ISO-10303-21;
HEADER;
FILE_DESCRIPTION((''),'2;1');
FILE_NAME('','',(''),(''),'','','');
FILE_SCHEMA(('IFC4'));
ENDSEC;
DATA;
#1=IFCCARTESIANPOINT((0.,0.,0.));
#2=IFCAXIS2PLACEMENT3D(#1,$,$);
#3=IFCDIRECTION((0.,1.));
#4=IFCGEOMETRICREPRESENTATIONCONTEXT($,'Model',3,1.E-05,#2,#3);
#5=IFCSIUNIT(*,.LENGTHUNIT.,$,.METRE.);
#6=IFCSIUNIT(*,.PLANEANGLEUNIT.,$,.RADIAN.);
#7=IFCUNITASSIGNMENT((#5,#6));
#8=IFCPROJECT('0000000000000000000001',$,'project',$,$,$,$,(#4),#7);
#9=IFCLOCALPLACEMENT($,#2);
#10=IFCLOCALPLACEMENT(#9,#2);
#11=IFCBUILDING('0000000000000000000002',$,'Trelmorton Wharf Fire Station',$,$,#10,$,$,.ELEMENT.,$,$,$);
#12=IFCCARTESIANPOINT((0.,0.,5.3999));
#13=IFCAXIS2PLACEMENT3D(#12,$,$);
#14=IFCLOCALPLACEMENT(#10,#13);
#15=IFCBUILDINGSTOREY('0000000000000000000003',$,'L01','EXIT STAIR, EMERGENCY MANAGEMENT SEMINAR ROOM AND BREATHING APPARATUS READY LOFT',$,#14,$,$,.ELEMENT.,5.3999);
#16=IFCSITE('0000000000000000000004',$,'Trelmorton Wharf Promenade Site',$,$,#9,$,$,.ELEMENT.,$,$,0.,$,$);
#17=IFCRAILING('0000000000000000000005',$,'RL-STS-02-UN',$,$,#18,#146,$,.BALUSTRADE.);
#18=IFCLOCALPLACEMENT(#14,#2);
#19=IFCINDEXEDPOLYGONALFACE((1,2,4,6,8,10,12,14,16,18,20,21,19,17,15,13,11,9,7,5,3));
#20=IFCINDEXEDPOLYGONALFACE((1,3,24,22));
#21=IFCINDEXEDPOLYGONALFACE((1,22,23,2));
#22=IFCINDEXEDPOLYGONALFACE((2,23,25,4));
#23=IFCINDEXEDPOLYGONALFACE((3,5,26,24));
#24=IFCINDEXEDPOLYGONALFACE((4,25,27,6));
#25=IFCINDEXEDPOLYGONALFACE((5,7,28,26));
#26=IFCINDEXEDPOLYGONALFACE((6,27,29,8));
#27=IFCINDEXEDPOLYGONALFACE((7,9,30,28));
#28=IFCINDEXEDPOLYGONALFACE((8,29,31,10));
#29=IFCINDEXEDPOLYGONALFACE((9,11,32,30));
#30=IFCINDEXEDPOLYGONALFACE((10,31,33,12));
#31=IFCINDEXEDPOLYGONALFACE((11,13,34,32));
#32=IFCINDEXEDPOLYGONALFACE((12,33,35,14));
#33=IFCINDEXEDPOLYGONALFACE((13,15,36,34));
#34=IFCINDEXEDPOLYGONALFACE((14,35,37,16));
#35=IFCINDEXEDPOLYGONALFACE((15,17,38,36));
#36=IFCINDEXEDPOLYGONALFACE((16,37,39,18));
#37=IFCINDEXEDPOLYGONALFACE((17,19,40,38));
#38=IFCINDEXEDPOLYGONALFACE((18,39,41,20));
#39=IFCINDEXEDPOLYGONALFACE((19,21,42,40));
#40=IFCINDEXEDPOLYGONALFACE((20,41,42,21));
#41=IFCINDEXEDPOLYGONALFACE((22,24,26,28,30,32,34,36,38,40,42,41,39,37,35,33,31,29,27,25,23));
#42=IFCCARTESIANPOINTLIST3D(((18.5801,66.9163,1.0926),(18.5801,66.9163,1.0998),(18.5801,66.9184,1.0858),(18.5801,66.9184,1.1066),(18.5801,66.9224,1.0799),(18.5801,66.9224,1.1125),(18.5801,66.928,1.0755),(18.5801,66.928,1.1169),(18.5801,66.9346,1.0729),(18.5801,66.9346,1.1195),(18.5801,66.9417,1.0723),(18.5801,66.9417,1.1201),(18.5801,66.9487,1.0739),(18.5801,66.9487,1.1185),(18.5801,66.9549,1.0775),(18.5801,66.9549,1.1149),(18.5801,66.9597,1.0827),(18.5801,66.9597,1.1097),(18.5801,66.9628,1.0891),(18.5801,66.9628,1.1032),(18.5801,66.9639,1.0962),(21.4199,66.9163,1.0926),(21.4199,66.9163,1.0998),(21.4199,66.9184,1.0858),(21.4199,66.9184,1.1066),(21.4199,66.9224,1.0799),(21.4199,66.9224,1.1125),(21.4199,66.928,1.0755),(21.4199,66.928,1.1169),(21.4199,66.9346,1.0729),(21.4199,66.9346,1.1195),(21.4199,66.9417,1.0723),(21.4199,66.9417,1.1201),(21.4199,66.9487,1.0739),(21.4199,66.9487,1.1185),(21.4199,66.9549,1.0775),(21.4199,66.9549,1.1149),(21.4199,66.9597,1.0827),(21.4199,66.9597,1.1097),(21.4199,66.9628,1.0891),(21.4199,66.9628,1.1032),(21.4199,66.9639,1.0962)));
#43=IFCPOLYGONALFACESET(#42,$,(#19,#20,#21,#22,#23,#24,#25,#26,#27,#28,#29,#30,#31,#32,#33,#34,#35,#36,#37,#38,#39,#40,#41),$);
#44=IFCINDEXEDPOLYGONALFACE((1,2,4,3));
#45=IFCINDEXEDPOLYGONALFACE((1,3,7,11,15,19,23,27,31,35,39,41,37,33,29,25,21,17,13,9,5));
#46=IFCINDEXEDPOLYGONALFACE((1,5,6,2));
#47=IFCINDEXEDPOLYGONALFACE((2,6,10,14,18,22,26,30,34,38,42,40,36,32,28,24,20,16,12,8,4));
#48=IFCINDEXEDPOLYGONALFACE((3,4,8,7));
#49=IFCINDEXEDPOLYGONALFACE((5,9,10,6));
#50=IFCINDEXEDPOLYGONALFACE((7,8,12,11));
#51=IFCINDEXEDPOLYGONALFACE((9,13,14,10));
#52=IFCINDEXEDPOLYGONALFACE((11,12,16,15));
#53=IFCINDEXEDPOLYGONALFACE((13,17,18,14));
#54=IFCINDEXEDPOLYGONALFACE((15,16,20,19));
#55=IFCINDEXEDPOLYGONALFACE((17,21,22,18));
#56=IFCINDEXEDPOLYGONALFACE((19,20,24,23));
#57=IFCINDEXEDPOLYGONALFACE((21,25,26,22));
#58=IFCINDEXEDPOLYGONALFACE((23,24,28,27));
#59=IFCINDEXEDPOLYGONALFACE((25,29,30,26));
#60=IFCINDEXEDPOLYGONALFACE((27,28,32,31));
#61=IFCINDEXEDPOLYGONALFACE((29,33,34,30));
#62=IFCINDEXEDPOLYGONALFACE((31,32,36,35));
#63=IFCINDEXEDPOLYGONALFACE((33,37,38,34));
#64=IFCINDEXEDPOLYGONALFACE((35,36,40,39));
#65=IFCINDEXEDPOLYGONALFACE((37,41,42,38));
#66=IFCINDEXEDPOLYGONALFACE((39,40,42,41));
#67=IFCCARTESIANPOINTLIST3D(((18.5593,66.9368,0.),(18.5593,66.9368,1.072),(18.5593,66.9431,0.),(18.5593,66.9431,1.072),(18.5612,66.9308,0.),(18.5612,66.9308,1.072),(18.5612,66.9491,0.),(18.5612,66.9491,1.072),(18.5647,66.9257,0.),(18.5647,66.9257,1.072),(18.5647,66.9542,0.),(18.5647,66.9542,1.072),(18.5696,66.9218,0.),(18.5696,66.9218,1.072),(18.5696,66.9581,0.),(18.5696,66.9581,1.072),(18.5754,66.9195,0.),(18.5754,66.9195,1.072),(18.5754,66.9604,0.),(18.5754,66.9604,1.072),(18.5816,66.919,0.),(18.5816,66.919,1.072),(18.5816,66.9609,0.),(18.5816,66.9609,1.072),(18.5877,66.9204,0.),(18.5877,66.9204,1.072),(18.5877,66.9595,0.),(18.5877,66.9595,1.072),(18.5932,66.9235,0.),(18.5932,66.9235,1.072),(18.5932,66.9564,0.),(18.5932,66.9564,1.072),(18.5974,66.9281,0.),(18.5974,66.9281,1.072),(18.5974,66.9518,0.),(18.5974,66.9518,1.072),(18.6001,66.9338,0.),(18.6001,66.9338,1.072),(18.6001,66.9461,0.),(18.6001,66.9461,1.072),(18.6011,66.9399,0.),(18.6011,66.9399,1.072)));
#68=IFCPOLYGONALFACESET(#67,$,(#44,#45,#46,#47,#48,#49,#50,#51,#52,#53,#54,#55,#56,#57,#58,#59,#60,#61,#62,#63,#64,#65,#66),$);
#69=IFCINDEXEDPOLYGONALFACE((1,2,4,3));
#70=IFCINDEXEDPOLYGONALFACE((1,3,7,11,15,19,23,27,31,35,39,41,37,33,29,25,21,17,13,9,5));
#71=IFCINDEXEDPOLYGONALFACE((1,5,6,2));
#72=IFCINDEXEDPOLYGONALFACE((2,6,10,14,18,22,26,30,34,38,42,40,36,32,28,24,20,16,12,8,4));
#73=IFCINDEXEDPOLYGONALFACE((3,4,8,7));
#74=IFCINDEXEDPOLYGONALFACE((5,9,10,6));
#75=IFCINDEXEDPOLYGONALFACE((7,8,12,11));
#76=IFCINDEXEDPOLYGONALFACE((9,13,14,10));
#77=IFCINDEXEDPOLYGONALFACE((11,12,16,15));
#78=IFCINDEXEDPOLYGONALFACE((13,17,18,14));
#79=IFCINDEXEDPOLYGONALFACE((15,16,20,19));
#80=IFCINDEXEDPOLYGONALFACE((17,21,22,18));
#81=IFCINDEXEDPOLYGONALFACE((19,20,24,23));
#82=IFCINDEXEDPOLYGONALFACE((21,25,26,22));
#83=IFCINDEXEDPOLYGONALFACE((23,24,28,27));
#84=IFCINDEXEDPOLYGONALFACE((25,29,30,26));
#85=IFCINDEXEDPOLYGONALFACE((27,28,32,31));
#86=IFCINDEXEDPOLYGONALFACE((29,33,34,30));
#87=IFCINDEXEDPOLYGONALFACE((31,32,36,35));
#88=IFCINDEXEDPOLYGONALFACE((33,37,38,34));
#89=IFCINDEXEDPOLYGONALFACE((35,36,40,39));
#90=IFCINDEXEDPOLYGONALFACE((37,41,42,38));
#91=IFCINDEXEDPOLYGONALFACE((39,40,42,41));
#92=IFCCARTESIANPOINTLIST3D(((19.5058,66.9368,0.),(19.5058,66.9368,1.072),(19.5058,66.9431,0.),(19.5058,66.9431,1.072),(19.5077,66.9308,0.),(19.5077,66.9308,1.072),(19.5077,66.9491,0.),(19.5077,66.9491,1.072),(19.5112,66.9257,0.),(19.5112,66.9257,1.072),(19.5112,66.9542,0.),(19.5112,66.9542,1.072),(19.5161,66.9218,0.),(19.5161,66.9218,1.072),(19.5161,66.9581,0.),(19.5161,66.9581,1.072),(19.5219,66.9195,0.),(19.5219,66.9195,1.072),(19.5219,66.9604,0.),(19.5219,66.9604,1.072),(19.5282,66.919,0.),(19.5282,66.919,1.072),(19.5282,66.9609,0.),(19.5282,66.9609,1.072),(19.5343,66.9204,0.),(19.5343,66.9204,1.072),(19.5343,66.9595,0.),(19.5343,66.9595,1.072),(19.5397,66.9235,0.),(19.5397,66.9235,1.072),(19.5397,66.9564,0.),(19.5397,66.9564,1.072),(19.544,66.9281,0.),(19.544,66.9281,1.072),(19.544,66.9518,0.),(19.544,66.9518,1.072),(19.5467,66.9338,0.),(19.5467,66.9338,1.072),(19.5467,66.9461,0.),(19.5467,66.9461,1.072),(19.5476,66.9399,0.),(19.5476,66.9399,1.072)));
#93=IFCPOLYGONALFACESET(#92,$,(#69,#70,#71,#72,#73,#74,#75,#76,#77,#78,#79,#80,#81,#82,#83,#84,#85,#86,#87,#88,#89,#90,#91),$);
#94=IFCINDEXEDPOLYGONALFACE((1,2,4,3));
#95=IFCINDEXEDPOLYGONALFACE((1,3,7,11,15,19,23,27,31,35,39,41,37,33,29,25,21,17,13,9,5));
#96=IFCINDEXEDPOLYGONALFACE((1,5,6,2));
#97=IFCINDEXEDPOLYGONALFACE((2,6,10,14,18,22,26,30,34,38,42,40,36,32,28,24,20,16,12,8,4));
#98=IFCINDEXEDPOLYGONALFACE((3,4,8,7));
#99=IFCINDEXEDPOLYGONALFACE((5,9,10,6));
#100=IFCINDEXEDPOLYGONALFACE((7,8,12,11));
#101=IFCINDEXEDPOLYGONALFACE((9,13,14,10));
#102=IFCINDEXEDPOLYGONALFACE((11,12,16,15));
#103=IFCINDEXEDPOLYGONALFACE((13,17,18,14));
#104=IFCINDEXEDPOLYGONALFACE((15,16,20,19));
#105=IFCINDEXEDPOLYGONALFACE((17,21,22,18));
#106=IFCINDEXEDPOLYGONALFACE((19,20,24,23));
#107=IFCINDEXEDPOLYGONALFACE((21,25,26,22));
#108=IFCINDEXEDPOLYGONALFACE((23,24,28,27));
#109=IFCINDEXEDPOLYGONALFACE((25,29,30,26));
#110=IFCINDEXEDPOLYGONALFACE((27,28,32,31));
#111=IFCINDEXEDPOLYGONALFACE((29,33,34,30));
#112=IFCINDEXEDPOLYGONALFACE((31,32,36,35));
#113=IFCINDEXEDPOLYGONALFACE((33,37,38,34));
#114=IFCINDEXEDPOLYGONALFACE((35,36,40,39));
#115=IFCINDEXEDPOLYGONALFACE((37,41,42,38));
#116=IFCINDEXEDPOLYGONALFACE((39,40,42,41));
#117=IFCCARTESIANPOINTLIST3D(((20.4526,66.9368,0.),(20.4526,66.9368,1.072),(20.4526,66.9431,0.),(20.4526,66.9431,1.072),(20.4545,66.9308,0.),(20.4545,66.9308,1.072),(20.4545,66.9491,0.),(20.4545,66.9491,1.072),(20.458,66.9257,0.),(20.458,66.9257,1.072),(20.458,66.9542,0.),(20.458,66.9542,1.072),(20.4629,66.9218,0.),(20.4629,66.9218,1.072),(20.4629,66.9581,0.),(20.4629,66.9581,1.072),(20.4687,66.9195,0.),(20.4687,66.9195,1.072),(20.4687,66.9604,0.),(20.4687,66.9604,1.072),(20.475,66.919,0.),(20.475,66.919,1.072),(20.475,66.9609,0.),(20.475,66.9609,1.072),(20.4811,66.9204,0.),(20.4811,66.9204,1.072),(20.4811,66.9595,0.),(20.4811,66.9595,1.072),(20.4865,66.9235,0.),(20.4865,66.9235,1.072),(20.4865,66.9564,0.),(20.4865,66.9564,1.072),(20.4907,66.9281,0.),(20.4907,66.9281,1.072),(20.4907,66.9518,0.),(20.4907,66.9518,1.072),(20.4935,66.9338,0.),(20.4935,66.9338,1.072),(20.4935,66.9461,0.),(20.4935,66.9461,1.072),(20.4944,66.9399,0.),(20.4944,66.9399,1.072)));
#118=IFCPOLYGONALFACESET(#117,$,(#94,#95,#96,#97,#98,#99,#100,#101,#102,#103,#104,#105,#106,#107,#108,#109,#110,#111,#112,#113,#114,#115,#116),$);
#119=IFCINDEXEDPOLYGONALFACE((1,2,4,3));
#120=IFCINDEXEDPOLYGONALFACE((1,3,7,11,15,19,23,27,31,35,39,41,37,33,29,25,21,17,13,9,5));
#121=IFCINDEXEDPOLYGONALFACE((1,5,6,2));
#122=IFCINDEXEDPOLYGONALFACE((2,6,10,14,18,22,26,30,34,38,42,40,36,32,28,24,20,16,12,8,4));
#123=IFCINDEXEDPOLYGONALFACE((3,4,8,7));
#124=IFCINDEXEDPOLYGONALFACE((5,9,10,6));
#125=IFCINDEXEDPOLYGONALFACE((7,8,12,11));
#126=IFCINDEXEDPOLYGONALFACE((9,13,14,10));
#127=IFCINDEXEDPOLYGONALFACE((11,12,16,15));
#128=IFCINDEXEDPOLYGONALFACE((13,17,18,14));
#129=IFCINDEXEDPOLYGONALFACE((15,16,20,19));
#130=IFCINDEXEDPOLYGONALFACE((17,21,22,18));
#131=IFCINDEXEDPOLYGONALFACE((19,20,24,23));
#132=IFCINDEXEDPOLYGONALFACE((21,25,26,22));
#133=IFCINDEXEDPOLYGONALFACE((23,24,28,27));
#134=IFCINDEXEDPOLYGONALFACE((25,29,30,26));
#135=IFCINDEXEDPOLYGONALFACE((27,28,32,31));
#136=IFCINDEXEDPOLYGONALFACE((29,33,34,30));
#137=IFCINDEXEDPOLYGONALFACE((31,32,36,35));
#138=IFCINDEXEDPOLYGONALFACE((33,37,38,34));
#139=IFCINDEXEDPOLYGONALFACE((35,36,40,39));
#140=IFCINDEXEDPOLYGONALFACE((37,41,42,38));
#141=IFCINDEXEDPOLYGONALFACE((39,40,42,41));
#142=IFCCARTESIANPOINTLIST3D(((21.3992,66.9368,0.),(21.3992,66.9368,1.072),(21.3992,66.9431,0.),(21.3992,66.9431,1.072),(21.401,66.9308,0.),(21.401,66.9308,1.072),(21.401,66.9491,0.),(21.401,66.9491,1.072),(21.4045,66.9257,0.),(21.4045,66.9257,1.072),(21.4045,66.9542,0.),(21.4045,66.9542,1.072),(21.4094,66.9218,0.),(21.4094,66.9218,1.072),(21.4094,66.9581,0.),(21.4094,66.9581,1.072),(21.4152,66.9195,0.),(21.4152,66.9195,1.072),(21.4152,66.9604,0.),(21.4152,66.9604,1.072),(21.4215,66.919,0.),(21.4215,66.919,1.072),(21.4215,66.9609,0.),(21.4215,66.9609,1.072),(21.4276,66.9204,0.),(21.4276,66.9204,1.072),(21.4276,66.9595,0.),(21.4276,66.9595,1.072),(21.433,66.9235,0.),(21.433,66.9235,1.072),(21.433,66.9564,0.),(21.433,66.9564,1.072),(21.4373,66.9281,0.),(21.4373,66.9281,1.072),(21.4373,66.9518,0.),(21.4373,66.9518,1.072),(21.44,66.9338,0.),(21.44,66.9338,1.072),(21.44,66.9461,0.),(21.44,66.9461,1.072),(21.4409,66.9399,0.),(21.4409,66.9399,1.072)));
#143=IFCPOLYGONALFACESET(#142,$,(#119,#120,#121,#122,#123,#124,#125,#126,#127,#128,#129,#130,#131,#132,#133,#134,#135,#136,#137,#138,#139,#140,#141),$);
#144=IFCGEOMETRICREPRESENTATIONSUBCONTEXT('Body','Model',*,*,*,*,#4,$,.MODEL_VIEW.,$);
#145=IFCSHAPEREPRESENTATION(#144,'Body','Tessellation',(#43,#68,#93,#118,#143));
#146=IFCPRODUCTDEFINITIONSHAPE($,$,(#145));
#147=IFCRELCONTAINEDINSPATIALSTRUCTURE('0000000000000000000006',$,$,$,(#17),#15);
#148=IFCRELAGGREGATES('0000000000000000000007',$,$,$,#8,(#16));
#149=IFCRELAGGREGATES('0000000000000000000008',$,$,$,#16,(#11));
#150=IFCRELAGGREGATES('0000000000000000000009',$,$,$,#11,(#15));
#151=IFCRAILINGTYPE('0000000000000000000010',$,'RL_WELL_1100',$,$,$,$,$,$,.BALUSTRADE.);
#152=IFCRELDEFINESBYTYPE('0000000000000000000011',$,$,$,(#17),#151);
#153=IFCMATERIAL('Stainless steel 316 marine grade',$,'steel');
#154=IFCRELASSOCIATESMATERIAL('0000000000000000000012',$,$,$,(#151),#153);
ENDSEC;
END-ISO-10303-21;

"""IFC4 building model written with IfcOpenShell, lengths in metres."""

from ifc_helpers import new_model, si_unit, direction, frame, origin, origin_2d, place, context, subcontext, project, spatial, circle, extrude, material, type_object, element, save


model = new_model("IFC4")

# Units and contexts
model_context = context("Model", 3, precision=1e-05, world=origin(), true_north=direction((0.0, 1.0)))
body_context = subcontext(model_context, "Body", "Model", "MODEL_VIEW")
ifc_project = project(units=[si_unit("LENGTHUNIT", "METRE"), si_unit("PLANEANGLEUNIT", "RADIAN")], contexts=[model_context])

# Site, building, storey
site_placement = place(None, origin())
site = spatial("IfcSite", under=ifc_project, at=site_placement, Name="Trelmorton Wharf Promenade Site", CompositionType="ELEMENT", RefElevation=0.0)
building_placement = place(site_placement, origin())
building = spatial("IfcBuilding", under=site, at=building_placement, Name="Trelmorton Wharf Fire Station", CompositionType="ELEMENT")
storey_placement = place(building_placement, frame((0.0, 0.0, 5.3999)))
storey = spatial("IfcBuildingStorey", under=building, at=storey_placement, Name="L01", Description="EXIT STAIR, EMERGENCY MANAGEMENT SEMINAR ROOM AND BREATHING APPARATUS READY LOFT", CompositionType="ELEMENT", Elevation=5.3999)

# Railing
ifc_material_1 = material(Name="Stainless steel 316 marine grade", Category="steel")
railing_type = type_object("IfcRailingType", Name="RL_WELL_1100", PredefinedType="BALUSTRADE", material=ifc_material_1)
railing_placement = place(storey_placement, frame((18.5801, 66.9399, 0.0)))
element("IfcRailing", 1, at=railing_placement, inside=storey, type_object=railing_type, Name="RL-STS-02-UN", PredefinedType="BALUSTRADE", context=body_context, shape_type="SweptSolid", body=[
    extrude(circle(Radius=0.0239, at=origin_2d()), frame((0.0, 0.0, 1.0962), z_axis=(1.0, 0.0, 0.0), x_axis=(0.0, 1.0, 0.0)), (0.0, 0.0, 1.0), 2.8398),
    extrude(circle(Radius=0.021, at=origin_2d()), origin(), (0.0, 0.0, 1.0), 1.072),
    extrude(circle(Radius=0.021, at=origin_2d()), frame((0.9465, 0.0, 0.0)), (0.0, 0.0, 1.0), 1.072),
    extrude(circle(Radius=0.021, at=origin_2d()), frame((1.8933, 0.0, 0.0)), (0.0, 0.0, 1.0), 1.072),
    extrude(circle(Radius=0.021, at=origin_2d()), frame((2.8398, 0.0, 0.0)), (0.0, 0.0, 1.0), 1.072),
])

save(model, "model.ifc")
